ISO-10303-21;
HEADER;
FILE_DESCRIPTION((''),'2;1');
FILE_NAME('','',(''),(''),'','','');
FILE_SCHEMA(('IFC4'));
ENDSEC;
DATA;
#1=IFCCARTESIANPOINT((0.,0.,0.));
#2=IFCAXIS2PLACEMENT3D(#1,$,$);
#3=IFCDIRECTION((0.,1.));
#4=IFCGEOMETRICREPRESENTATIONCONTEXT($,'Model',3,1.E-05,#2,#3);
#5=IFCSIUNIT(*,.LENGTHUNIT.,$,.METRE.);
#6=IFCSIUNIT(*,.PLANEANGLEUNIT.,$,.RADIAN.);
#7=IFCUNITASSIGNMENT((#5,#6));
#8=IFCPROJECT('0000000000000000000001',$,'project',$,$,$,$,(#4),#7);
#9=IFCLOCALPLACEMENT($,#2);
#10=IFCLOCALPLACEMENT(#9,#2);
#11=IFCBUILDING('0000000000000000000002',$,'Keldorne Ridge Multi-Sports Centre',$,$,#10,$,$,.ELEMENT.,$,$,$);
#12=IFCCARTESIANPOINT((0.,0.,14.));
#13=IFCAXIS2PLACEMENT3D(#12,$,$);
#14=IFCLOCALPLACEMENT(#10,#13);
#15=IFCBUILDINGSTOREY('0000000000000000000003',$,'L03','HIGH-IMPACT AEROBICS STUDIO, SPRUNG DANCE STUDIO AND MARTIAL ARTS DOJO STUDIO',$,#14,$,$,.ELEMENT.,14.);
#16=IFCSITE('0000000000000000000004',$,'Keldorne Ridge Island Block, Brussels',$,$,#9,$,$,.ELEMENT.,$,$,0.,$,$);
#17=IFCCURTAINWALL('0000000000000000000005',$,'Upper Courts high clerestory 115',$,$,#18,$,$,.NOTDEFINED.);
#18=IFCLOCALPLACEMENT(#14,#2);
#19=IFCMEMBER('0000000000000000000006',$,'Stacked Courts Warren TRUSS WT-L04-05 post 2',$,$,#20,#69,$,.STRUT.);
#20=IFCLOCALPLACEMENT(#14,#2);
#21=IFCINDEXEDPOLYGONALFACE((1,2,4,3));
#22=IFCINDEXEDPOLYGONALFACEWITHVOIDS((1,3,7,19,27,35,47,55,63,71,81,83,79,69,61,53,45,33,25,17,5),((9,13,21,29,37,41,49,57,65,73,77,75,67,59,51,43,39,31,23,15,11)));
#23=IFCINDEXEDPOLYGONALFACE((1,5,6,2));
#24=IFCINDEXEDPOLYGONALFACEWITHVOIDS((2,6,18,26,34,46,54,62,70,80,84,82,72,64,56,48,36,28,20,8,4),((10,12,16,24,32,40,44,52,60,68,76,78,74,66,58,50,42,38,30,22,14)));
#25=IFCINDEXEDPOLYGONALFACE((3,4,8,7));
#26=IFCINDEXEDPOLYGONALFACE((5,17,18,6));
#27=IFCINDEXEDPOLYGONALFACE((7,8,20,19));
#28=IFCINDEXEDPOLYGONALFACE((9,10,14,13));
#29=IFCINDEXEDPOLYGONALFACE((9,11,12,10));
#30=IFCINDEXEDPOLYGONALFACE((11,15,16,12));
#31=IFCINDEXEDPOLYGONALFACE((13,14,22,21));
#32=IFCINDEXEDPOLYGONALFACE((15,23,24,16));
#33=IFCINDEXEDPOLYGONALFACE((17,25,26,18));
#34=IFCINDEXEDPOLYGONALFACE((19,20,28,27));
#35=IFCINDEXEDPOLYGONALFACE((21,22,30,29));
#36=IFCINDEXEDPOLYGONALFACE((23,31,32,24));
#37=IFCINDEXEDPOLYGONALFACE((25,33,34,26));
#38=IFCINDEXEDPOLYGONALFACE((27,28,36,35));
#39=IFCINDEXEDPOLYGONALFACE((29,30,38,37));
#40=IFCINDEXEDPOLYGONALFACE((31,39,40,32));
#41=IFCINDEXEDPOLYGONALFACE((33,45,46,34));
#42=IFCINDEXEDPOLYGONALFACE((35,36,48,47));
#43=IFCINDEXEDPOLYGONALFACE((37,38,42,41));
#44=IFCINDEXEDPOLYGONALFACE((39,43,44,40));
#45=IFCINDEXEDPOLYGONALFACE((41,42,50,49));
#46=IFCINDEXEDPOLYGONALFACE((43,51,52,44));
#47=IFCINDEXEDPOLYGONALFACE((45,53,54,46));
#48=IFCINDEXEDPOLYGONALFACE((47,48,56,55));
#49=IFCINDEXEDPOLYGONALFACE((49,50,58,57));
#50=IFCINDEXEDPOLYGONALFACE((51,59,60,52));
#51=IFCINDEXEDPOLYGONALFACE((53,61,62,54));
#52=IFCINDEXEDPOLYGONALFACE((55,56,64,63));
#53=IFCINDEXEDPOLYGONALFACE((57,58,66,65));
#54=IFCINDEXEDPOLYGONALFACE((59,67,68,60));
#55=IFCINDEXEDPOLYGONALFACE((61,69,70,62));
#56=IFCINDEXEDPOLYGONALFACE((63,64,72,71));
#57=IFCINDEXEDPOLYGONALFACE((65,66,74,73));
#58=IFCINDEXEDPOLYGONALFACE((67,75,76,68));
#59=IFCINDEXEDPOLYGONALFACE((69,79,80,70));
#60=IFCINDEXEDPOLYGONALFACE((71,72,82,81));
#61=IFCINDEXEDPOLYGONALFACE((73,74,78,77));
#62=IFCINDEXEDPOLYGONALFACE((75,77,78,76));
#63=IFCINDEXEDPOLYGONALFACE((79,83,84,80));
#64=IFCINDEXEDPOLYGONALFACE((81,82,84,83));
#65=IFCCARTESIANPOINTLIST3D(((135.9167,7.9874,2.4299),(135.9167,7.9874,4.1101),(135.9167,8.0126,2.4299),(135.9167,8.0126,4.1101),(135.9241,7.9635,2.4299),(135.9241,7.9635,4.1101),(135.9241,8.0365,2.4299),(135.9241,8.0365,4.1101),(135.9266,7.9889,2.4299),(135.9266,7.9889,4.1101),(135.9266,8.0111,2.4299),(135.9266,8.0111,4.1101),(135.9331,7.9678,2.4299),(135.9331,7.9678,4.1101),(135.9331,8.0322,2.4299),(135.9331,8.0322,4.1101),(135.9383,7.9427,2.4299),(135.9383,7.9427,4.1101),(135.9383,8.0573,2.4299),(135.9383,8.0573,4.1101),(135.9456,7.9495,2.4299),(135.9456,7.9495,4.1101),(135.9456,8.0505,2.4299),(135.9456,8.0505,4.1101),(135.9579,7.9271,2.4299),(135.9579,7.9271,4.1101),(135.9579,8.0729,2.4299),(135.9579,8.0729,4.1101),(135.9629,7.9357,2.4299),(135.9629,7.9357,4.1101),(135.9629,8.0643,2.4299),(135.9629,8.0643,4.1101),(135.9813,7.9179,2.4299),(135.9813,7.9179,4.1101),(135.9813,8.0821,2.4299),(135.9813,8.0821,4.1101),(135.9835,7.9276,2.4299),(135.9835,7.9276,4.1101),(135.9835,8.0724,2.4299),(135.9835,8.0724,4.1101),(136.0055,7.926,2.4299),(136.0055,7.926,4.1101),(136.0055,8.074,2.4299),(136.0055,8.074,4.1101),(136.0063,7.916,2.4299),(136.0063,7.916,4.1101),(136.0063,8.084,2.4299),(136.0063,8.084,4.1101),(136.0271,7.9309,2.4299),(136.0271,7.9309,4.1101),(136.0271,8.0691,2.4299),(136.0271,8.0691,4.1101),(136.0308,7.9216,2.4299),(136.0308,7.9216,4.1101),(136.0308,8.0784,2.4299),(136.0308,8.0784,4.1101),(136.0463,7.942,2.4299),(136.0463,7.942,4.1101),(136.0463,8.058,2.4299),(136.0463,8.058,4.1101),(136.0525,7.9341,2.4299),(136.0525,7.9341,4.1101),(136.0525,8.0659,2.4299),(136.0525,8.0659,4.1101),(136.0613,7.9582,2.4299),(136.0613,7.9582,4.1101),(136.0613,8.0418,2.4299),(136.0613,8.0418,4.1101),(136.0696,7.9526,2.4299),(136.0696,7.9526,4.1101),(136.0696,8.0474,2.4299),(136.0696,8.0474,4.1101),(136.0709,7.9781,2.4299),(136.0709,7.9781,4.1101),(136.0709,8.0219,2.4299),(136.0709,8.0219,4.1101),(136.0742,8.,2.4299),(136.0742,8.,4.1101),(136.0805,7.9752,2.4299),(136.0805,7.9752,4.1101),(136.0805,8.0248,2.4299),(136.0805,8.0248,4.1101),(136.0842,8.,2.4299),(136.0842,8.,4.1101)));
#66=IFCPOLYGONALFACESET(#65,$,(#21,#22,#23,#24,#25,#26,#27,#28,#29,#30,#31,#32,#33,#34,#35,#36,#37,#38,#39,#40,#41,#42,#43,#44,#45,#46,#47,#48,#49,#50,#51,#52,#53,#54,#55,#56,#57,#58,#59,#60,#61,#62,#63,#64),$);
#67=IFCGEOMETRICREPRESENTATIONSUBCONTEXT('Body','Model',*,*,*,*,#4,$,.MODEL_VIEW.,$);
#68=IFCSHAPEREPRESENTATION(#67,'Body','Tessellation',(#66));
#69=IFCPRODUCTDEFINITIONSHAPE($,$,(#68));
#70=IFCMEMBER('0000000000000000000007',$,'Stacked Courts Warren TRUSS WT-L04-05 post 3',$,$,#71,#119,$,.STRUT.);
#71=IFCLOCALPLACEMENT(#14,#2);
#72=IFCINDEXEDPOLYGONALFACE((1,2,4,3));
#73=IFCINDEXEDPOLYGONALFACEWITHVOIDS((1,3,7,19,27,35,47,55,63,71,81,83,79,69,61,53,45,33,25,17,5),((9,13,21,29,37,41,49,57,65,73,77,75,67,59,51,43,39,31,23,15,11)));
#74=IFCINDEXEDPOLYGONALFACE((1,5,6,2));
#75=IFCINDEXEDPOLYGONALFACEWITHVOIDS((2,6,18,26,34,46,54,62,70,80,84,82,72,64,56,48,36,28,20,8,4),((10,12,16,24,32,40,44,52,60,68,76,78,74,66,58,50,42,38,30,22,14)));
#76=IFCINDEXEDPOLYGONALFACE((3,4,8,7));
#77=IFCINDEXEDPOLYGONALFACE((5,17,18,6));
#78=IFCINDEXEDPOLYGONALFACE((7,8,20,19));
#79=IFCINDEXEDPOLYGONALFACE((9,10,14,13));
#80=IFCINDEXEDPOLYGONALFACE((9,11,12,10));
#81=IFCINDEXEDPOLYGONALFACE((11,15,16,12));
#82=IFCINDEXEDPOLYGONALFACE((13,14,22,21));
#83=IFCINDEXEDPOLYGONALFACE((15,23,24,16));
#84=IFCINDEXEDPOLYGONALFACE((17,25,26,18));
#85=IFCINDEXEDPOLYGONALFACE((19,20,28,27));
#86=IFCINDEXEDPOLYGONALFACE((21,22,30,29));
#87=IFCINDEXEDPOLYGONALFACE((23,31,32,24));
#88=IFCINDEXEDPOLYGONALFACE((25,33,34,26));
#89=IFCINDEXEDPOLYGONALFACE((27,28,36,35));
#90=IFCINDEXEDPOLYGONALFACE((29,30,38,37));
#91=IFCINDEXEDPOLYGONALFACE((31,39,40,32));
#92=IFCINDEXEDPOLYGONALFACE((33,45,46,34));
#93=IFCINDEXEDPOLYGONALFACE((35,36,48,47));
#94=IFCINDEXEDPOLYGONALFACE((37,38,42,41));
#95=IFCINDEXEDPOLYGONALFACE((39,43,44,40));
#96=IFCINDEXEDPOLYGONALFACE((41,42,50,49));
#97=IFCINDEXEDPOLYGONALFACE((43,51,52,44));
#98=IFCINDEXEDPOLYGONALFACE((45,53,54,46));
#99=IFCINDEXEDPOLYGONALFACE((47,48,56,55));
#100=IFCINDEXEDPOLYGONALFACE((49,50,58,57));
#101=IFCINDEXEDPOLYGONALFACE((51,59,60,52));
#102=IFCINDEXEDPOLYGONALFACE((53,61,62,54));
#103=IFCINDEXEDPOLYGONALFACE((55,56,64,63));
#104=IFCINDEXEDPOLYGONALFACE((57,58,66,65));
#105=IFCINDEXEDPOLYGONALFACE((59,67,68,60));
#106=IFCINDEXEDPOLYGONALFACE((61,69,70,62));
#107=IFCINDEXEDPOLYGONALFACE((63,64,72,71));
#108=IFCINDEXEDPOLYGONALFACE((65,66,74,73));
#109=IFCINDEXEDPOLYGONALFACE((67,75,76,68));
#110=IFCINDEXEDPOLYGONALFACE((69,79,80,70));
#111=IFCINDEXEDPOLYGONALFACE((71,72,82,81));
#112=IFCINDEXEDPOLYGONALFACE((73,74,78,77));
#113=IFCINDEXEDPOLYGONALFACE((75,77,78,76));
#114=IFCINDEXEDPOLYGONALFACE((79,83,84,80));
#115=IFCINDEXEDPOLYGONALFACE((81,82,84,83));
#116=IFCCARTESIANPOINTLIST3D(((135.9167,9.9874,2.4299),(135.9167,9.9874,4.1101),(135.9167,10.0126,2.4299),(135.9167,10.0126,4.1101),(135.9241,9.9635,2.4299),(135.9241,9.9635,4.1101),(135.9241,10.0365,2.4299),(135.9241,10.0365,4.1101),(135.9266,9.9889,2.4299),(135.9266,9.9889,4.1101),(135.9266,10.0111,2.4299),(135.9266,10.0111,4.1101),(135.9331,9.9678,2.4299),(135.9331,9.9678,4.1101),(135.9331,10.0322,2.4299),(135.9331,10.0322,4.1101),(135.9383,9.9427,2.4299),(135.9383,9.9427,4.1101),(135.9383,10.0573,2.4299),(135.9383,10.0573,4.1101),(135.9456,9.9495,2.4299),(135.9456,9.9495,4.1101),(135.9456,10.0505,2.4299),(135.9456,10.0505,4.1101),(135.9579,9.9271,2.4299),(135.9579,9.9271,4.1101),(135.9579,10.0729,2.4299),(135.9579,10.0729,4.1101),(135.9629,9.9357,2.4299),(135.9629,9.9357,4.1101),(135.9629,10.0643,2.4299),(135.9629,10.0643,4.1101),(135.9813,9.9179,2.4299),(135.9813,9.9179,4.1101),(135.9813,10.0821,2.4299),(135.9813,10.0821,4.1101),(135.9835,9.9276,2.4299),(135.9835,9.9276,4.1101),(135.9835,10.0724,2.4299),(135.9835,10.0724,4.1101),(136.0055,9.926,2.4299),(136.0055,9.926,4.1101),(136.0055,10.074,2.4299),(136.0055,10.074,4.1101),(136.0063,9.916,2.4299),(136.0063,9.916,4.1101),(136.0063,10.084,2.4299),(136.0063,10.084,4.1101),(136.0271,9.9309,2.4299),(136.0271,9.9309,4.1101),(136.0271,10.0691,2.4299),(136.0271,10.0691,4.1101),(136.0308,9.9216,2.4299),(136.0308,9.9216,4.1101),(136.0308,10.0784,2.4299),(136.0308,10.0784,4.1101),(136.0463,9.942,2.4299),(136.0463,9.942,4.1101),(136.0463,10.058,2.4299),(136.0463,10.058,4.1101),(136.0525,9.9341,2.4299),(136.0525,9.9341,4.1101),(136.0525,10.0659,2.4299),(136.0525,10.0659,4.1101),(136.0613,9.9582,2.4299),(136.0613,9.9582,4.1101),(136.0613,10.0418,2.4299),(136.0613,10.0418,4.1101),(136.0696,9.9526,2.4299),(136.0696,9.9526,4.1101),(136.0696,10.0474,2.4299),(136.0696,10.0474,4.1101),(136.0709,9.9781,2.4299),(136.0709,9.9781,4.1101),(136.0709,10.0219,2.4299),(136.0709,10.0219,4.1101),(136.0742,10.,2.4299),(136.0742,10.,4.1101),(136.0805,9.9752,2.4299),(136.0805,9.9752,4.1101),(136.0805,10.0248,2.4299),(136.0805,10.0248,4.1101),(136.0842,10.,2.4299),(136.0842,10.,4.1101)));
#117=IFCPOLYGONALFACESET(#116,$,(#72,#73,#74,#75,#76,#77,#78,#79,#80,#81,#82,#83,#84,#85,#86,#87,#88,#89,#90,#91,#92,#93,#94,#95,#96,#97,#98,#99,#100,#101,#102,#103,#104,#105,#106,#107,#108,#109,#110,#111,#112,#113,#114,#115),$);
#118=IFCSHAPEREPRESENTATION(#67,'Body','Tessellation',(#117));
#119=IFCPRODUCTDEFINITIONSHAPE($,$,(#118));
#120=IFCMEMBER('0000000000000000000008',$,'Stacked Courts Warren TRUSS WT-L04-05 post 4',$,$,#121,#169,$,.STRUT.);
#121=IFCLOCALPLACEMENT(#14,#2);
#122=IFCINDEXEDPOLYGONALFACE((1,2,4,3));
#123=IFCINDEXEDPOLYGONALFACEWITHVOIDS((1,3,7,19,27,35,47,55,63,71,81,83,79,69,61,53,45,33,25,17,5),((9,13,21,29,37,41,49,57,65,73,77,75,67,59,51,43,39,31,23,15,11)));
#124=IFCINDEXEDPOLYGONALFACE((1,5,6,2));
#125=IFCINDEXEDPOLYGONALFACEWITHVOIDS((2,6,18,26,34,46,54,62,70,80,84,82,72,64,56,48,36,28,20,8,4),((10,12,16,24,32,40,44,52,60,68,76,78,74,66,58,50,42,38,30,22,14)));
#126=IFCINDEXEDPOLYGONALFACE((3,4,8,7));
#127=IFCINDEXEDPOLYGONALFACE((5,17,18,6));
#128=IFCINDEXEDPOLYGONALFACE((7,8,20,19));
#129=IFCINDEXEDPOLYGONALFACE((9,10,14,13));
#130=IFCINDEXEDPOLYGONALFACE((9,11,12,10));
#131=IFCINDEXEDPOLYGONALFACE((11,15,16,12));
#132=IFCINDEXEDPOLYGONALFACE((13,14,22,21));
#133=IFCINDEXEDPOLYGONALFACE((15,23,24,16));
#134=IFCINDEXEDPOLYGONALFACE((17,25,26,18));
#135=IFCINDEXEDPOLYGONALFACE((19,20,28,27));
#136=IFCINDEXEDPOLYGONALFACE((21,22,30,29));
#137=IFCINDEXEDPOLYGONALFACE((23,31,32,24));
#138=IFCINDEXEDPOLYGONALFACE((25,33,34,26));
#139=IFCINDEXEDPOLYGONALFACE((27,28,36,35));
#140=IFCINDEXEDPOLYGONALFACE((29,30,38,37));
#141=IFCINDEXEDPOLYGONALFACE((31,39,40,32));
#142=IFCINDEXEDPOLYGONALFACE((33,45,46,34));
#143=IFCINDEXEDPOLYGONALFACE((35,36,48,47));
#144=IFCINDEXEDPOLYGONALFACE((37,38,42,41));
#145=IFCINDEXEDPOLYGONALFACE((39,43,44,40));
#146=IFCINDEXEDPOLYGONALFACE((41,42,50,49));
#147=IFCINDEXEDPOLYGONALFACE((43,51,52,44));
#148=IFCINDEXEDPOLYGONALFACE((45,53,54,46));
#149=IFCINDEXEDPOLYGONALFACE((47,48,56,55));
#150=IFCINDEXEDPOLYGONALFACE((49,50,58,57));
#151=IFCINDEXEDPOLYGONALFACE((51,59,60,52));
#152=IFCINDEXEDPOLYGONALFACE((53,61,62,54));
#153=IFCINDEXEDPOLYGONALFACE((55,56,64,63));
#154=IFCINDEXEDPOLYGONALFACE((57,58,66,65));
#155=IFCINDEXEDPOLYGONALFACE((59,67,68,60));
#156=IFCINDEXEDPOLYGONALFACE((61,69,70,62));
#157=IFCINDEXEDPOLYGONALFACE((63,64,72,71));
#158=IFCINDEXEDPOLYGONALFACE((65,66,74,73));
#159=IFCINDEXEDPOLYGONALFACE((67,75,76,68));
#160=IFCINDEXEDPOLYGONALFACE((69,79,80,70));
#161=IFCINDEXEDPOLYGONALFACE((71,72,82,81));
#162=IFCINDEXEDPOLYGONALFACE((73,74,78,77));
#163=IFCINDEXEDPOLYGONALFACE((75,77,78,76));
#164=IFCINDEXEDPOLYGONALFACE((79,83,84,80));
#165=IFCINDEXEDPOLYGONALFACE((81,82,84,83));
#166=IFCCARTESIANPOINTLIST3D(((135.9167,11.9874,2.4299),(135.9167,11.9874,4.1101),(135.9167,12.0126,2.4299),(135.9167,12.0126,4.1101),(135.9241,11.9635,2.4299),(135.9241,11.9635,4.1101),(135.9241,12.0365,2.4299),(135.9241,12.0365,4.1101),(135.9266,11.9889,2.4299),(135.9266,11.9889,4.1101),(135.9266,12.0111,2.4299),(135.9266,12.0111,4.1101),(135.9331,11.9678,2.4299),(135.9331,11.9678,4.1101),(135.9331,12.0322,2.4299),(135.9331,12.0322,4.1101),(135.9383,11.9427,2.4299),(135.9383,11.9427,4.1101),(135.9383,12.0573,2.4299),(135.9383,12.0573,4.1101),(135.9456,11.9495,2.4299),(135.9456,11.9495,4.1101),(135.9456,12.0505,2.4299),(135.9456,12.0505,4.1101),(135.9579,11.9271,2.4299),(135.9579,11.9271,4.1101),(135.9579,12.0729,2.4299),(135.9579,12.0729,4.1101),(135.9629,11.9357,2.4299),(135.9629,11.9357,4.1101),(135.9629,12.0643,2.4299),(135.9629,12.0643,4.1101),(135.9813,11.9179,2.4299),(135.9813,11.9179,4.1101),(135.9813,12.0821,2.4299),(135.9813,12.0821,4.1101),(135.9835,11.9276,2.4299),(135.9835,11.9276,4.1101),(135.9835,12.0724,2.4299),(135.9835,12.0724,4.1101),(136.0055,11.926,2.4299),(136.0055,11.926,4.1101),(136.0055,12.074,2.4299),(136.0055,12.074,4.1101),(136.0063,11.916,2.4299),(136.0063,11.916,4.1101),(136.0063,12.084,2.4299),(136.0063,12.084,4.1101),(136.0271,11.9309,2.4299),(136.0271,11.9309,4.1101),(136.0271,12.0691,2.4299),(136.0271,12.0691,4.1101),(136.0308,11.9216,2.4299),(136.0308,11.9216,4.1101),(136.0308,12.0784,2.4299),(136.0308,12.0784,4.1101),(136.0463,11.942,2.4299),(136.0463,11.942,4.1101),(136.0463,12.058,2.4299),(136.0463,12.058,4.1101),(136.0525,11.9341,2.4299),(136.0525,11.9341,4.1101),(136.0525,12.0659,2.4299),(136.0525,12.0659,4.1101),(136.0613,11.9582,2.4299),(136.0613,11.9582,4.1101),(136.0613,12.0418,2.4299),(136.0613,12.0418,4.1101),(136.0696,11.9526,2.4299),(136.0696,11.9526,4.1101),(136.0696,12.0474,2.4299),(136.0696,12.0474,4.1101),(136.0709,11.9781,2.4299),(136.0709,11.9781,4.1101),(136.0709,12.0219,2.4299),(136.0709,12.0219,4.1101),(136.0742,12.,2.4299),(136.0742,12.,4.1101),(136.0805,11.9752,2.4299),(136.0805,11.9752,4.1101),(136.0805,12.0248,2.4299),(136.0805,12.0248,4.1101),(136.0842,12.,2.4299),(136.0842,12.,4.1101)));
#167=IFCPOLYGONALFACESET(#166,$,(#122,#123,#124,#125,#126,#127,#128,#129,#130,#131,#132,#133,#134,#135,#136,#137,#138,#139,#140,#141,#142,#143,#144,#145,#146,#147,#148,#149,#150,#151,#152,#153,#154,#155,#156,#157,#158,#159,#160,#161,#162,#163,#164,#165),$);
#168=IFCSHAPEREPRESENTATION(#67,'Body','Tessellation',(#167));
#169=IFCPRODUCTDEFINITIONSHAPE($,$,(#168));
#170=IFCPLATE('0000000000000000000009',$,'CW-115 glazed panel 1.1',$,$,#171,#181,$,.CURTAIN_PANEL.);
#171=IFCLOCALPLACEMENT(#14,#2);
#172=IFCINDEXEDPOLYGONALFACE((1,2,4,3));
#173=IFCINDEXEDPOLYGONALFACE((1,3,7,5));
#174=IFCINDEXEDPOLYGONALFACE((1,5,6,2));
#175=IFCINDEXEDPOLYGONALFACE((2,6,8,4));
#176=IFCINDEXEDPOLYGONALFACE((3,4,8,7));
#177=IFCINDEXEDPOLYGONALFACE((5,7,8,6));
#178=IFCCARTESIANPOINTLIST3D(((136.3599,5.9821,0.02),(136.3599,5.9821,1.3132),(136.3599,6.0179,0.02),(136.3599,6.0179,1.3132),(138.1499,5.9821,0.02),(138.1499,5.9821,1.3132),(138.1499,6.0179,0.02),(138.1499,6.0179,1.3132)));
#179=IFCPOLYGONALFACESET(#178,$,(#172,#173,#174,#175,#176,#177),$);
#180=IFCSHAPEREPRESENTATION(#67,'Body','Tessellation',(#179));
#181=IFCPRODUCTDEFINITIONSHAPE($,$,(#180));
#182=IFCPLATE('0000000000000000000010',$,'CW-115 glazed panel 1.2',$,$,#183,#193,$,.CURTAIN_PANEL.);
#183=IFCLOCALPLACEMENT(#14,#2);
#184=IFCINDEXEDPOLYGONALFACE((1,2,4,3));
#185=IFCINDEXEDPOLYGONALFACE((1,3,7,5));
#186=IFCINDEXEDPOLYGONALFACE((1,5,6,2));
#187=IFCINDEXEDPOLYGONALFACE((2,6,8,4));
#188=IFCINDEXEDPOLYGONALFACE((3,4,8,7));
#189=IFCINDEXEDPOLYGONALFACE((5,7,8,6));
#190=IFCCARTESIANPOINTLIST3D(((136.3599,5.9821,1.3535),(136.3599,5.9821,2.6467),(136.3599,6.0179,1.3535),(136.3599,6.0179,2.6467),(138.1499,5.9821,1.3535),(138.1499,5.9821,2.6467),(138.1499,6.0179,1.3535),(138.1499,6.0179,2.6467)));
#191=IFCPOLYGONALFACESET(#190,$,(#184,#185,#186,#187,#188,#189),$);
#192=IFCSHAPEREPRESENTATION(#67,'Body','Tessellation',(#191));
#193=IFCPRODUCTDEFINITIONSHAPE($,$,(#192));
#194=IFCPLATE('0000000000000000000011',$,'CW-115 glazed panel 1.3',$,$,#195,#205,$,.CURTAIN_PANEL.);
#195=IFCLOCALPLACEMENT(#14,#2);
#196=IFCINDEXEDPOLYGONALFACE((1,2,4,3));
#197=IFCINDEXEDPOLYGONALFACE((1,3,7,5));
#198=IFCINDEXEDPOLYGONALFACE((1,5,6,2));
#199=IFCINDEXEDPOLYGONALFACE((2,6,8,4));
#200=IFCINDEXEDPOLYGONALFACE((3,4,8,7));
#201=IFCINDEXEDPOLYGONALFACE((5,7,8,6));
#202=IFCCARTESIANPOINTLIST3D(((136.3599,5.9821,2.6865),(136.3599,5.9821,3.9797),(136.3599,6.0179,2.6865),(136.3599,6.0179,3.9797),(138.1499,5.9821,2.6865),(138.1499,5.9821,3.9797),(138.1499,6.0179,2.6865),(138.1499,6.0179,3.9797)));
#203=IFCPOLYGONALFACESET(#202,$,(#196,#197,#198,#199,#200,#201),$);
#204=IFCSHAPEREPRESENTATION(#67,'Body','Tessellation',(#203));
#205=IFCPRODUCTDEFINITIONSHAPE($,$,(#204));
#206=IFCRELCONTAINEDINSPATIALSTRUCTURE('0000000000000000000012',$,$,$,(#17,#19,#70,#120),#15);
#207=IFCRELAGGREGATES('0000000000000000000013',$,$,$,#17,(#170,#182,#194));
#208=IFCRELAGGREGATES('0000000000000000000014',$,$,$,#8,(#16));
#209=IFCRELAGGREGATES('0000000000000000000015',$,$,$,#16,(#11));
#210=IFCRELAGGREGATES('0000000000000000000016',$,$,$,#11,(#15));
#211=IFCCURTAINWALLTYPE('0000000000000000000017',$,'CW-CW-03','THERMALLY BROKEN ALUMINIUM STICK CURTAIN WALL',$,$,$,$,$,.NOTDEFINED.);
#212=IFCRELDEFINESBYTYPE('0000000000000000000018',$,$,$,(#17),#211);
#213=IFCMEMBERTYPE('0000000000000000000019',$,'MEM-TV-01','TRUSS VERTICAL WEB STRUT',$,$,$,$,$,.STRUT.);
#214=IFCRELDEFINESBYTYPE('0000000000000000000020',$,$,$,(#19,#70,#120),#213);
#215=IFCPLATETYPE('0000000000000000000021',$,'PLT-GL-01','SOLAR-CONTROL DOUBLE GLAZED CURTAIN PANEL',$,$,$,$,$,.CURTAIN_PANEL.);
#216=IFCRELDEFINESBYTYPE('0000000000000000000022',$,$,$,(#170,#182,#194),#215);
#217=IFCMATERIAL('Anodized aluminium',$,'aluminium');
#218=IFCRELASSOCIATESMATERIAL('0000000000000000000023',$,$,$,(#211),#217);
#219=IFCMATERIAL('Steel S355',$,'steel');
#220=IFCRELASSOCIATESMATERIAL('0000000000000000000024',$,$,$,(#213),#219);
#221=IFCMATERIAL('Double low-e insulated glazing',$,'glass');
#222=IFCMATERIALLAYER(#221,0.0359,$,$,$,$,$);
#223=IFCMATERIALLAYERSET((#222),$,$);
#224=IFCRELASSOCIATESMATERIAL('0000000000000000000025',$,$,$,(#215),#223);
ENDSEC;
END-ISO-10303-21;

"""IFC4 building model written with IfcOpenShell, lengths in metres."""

from ifc_helpers import new_model, si_unit, direction, frame, origin, origin_2d, place, context, subcontext, project, spatial, rectangle, hollow_circle, extrude, material, layer, layer_set, material_profile, profile_set, type_object, element, aggregate, save


model = new_model("IFC4")

# Units and contexts
model_context = context("Model", 3, precision=1e-05, world=origin(), true_north=direction((0.0, 1.0)))
body_context = subcontext(model_context, "Body", "Model", "MODEL_VIEW")
ifc_project = project(units=[si_unit("LENGTHUNIT", "METRE"), si_unit("PLANEANGLEUNIT", "RADIAN")], contexts=[model_context])

# Site, building, storey
site_placement = place(None, origin())
site = spatial("IfcSite", under=ifc_project, at=site_placement, Name="Keldorne Ridge Island Block, Brussels", CompositionType="ELEMENT", RefElevation=0.0)
building_placement = place(site_placement, origin())
building = spatial("IfcBuilding", under=site, at=building_placement, Name="Keldorne Ridge Multi-Sports Centre", CompositionType="ELEMENT")
storey_placement = place(building_placement, frame((0.0, 0.0, 14.0)))
storey = spatial("IfcBuildingStorey", under=building, at=storey_placement, Name="L03", Description="HIGH-IMPACT AEROBICS STUDIO, SPRUNG DANCE STUDIO AND MARTIAL ARTS DOJO STUDIO", CompositionType="ELEMENT", Elevation=14.0)

# Shared definitions
ifc_material_1 = material(Name="Steel S355", Category="steel")

# Curtain wall
ifc_material_2 = material(Name="Anodized aluminium", Category="aluminium")
curtain_wall_type = type_object("IfcCurtainWallType", Name="CW-CW-03", Description="THERMALLY BROKEN ALUMINIUM STICK CURTAIN WALL", PredefinedType="NOTDEFINED", material=ifc_material_2)
curtain_wall_placement = place(storey_placement, origin())
curtain_wall = element("IfcCurtainWall", 1, at=curtain_wall_placement, inside=storey, type_object=curtain_wall_type, Name="Upper Courts high clerestory 115", PredefinedType="NOTDEFINED")

# Members
ifc_material_profile_1 = material_profile(ifc_material_1, hollow_circle(Radius=0.0842, WallThickness=0.01, at=origin_2d()), Name="CHS 168.3x10")
ifc_profile_set_1 = profile_set([ifc_material_profile_1], Name="Steel S355")
member_type_1 = type_object("IfcMemberType", Name="MEM-TV-01", Description="TRUSS VERTICAL WEB STRUT", PredefinedType="STRUT", material=ifc_profile_set_1)
for number, where, z_axis, x_axis, name in (
    (2, (136.0, 8.0, 2.4299), (0.0, 0.0, 1.0), (1.0, 0.0, 0.0), "Stacked Courts Warren TRUSS WT-L04-05 post 2"),
    (3, (136.0, 10.0, 2.4299), (0.0, 0.0, 1.0), (1.0, 0.0, 0.0), "Stacked Courts Warren TRUSS WT-L04-05 post 3"),
    (4, (136.0, 12.0, 2.4299), (0.0, 0.0, 1.0), (1.0, 0.0, 0.0), "Stacked Courts Warren TRUSS WT-L04-05 post 4"),
):
    element("IfcMember", number, at=place(storey_placement, frame(where, z_axis=z_axis, x_axis=x_axis)), inside=storey, type_object=member_type_1, Name=name, PredefinedType="STRUT", context=body_context, shape_type="SweptSolid", body=[
        extrude(hollow_circle(Radius=0.0842, WallThickness=0.01, at=origin_2d()), origin(), (0.0, 0.0, 1.0), 1.6802),
    ])

# Plates
ifc_material_3 = material(Name="Double low-e insulated glazing", Category="glass")
ifc_layer = layer(ifc_material_3, 0.0359)
ifc_layer_set = layer_set([ifc_layer])
plate_type = type_object("IfcPlateType", Name="PLT-GL-01", Description="SOLAR-CONTROL DOUBLE GLAZED CURTAIN PANEL", PredefinedType="CURTAIN_PANEL", material=ifc_layer_set)
plate_1_placement = place(storey_placement, frame((137.2549, 6.0, 0.02), z_axis=(0.0, 0.0, 1.0), x_axis=(1.0, 0.0, 0.0)))
plate_1 = element("IfcPlate", 5, at=plate_1_placement, type_object=plate_type, Name="CW-115 glazed panel 1.1", PredefinedType="CURTAIN_PANEL", context=body_context, shape_type="SweptSolid", body=[
    extrude(rectangle(XDim=1.79, YDim=0.0359, at=origin_2d()), origin(), (0.0, 0.0, 1.0), 1.2932),
])
plate_2_placement = place(storey_placement, frame((137.2549, 6.0, 1.3535), z_axis=(0.0, 0.0, 1.0), x_axis=(1.0, 0.0, 0.0)))
plate_2 = element("IfcPlate", 6, at=plate_2_placement, type_object=plate_type, Name="CW-115 glazed panel 1.2", PredefinedType="CURTAIN_PANEL", context=body_context, shape_type="SweptSolid", body=[
    extrude(rectangle(XDim=1.79, YDim=0.0359, at=origin_2d()), origin(), (0.0, 0.0, 1.0), 1.2932),
])
plate_3_placement = place(storey_placement, frame((137.2549, 6.0, 2.6865), z_axis=(0.0, 0.0, 1.0), x_axis=(1.0, 0.0, 0.0)))
plate_3 = element("IfcPlate", 7, at=plate_3_placement, type_object=plate_type, Name="CW-115 glazed panel 1.3", PredefinedType="CURTAIN_PANEL", context=body_context, shape_type="SweptSolid", body=[
    extrude(rectangle(XDim=1.79, YDim=0.0359, at=origin_2d()), origin(), (0.0, 0.0, 1.0), 1.2932),
])
aggregate(curtain_wall, [plate_1, plate_2, plate_3])

save(model, "model.ifc")
